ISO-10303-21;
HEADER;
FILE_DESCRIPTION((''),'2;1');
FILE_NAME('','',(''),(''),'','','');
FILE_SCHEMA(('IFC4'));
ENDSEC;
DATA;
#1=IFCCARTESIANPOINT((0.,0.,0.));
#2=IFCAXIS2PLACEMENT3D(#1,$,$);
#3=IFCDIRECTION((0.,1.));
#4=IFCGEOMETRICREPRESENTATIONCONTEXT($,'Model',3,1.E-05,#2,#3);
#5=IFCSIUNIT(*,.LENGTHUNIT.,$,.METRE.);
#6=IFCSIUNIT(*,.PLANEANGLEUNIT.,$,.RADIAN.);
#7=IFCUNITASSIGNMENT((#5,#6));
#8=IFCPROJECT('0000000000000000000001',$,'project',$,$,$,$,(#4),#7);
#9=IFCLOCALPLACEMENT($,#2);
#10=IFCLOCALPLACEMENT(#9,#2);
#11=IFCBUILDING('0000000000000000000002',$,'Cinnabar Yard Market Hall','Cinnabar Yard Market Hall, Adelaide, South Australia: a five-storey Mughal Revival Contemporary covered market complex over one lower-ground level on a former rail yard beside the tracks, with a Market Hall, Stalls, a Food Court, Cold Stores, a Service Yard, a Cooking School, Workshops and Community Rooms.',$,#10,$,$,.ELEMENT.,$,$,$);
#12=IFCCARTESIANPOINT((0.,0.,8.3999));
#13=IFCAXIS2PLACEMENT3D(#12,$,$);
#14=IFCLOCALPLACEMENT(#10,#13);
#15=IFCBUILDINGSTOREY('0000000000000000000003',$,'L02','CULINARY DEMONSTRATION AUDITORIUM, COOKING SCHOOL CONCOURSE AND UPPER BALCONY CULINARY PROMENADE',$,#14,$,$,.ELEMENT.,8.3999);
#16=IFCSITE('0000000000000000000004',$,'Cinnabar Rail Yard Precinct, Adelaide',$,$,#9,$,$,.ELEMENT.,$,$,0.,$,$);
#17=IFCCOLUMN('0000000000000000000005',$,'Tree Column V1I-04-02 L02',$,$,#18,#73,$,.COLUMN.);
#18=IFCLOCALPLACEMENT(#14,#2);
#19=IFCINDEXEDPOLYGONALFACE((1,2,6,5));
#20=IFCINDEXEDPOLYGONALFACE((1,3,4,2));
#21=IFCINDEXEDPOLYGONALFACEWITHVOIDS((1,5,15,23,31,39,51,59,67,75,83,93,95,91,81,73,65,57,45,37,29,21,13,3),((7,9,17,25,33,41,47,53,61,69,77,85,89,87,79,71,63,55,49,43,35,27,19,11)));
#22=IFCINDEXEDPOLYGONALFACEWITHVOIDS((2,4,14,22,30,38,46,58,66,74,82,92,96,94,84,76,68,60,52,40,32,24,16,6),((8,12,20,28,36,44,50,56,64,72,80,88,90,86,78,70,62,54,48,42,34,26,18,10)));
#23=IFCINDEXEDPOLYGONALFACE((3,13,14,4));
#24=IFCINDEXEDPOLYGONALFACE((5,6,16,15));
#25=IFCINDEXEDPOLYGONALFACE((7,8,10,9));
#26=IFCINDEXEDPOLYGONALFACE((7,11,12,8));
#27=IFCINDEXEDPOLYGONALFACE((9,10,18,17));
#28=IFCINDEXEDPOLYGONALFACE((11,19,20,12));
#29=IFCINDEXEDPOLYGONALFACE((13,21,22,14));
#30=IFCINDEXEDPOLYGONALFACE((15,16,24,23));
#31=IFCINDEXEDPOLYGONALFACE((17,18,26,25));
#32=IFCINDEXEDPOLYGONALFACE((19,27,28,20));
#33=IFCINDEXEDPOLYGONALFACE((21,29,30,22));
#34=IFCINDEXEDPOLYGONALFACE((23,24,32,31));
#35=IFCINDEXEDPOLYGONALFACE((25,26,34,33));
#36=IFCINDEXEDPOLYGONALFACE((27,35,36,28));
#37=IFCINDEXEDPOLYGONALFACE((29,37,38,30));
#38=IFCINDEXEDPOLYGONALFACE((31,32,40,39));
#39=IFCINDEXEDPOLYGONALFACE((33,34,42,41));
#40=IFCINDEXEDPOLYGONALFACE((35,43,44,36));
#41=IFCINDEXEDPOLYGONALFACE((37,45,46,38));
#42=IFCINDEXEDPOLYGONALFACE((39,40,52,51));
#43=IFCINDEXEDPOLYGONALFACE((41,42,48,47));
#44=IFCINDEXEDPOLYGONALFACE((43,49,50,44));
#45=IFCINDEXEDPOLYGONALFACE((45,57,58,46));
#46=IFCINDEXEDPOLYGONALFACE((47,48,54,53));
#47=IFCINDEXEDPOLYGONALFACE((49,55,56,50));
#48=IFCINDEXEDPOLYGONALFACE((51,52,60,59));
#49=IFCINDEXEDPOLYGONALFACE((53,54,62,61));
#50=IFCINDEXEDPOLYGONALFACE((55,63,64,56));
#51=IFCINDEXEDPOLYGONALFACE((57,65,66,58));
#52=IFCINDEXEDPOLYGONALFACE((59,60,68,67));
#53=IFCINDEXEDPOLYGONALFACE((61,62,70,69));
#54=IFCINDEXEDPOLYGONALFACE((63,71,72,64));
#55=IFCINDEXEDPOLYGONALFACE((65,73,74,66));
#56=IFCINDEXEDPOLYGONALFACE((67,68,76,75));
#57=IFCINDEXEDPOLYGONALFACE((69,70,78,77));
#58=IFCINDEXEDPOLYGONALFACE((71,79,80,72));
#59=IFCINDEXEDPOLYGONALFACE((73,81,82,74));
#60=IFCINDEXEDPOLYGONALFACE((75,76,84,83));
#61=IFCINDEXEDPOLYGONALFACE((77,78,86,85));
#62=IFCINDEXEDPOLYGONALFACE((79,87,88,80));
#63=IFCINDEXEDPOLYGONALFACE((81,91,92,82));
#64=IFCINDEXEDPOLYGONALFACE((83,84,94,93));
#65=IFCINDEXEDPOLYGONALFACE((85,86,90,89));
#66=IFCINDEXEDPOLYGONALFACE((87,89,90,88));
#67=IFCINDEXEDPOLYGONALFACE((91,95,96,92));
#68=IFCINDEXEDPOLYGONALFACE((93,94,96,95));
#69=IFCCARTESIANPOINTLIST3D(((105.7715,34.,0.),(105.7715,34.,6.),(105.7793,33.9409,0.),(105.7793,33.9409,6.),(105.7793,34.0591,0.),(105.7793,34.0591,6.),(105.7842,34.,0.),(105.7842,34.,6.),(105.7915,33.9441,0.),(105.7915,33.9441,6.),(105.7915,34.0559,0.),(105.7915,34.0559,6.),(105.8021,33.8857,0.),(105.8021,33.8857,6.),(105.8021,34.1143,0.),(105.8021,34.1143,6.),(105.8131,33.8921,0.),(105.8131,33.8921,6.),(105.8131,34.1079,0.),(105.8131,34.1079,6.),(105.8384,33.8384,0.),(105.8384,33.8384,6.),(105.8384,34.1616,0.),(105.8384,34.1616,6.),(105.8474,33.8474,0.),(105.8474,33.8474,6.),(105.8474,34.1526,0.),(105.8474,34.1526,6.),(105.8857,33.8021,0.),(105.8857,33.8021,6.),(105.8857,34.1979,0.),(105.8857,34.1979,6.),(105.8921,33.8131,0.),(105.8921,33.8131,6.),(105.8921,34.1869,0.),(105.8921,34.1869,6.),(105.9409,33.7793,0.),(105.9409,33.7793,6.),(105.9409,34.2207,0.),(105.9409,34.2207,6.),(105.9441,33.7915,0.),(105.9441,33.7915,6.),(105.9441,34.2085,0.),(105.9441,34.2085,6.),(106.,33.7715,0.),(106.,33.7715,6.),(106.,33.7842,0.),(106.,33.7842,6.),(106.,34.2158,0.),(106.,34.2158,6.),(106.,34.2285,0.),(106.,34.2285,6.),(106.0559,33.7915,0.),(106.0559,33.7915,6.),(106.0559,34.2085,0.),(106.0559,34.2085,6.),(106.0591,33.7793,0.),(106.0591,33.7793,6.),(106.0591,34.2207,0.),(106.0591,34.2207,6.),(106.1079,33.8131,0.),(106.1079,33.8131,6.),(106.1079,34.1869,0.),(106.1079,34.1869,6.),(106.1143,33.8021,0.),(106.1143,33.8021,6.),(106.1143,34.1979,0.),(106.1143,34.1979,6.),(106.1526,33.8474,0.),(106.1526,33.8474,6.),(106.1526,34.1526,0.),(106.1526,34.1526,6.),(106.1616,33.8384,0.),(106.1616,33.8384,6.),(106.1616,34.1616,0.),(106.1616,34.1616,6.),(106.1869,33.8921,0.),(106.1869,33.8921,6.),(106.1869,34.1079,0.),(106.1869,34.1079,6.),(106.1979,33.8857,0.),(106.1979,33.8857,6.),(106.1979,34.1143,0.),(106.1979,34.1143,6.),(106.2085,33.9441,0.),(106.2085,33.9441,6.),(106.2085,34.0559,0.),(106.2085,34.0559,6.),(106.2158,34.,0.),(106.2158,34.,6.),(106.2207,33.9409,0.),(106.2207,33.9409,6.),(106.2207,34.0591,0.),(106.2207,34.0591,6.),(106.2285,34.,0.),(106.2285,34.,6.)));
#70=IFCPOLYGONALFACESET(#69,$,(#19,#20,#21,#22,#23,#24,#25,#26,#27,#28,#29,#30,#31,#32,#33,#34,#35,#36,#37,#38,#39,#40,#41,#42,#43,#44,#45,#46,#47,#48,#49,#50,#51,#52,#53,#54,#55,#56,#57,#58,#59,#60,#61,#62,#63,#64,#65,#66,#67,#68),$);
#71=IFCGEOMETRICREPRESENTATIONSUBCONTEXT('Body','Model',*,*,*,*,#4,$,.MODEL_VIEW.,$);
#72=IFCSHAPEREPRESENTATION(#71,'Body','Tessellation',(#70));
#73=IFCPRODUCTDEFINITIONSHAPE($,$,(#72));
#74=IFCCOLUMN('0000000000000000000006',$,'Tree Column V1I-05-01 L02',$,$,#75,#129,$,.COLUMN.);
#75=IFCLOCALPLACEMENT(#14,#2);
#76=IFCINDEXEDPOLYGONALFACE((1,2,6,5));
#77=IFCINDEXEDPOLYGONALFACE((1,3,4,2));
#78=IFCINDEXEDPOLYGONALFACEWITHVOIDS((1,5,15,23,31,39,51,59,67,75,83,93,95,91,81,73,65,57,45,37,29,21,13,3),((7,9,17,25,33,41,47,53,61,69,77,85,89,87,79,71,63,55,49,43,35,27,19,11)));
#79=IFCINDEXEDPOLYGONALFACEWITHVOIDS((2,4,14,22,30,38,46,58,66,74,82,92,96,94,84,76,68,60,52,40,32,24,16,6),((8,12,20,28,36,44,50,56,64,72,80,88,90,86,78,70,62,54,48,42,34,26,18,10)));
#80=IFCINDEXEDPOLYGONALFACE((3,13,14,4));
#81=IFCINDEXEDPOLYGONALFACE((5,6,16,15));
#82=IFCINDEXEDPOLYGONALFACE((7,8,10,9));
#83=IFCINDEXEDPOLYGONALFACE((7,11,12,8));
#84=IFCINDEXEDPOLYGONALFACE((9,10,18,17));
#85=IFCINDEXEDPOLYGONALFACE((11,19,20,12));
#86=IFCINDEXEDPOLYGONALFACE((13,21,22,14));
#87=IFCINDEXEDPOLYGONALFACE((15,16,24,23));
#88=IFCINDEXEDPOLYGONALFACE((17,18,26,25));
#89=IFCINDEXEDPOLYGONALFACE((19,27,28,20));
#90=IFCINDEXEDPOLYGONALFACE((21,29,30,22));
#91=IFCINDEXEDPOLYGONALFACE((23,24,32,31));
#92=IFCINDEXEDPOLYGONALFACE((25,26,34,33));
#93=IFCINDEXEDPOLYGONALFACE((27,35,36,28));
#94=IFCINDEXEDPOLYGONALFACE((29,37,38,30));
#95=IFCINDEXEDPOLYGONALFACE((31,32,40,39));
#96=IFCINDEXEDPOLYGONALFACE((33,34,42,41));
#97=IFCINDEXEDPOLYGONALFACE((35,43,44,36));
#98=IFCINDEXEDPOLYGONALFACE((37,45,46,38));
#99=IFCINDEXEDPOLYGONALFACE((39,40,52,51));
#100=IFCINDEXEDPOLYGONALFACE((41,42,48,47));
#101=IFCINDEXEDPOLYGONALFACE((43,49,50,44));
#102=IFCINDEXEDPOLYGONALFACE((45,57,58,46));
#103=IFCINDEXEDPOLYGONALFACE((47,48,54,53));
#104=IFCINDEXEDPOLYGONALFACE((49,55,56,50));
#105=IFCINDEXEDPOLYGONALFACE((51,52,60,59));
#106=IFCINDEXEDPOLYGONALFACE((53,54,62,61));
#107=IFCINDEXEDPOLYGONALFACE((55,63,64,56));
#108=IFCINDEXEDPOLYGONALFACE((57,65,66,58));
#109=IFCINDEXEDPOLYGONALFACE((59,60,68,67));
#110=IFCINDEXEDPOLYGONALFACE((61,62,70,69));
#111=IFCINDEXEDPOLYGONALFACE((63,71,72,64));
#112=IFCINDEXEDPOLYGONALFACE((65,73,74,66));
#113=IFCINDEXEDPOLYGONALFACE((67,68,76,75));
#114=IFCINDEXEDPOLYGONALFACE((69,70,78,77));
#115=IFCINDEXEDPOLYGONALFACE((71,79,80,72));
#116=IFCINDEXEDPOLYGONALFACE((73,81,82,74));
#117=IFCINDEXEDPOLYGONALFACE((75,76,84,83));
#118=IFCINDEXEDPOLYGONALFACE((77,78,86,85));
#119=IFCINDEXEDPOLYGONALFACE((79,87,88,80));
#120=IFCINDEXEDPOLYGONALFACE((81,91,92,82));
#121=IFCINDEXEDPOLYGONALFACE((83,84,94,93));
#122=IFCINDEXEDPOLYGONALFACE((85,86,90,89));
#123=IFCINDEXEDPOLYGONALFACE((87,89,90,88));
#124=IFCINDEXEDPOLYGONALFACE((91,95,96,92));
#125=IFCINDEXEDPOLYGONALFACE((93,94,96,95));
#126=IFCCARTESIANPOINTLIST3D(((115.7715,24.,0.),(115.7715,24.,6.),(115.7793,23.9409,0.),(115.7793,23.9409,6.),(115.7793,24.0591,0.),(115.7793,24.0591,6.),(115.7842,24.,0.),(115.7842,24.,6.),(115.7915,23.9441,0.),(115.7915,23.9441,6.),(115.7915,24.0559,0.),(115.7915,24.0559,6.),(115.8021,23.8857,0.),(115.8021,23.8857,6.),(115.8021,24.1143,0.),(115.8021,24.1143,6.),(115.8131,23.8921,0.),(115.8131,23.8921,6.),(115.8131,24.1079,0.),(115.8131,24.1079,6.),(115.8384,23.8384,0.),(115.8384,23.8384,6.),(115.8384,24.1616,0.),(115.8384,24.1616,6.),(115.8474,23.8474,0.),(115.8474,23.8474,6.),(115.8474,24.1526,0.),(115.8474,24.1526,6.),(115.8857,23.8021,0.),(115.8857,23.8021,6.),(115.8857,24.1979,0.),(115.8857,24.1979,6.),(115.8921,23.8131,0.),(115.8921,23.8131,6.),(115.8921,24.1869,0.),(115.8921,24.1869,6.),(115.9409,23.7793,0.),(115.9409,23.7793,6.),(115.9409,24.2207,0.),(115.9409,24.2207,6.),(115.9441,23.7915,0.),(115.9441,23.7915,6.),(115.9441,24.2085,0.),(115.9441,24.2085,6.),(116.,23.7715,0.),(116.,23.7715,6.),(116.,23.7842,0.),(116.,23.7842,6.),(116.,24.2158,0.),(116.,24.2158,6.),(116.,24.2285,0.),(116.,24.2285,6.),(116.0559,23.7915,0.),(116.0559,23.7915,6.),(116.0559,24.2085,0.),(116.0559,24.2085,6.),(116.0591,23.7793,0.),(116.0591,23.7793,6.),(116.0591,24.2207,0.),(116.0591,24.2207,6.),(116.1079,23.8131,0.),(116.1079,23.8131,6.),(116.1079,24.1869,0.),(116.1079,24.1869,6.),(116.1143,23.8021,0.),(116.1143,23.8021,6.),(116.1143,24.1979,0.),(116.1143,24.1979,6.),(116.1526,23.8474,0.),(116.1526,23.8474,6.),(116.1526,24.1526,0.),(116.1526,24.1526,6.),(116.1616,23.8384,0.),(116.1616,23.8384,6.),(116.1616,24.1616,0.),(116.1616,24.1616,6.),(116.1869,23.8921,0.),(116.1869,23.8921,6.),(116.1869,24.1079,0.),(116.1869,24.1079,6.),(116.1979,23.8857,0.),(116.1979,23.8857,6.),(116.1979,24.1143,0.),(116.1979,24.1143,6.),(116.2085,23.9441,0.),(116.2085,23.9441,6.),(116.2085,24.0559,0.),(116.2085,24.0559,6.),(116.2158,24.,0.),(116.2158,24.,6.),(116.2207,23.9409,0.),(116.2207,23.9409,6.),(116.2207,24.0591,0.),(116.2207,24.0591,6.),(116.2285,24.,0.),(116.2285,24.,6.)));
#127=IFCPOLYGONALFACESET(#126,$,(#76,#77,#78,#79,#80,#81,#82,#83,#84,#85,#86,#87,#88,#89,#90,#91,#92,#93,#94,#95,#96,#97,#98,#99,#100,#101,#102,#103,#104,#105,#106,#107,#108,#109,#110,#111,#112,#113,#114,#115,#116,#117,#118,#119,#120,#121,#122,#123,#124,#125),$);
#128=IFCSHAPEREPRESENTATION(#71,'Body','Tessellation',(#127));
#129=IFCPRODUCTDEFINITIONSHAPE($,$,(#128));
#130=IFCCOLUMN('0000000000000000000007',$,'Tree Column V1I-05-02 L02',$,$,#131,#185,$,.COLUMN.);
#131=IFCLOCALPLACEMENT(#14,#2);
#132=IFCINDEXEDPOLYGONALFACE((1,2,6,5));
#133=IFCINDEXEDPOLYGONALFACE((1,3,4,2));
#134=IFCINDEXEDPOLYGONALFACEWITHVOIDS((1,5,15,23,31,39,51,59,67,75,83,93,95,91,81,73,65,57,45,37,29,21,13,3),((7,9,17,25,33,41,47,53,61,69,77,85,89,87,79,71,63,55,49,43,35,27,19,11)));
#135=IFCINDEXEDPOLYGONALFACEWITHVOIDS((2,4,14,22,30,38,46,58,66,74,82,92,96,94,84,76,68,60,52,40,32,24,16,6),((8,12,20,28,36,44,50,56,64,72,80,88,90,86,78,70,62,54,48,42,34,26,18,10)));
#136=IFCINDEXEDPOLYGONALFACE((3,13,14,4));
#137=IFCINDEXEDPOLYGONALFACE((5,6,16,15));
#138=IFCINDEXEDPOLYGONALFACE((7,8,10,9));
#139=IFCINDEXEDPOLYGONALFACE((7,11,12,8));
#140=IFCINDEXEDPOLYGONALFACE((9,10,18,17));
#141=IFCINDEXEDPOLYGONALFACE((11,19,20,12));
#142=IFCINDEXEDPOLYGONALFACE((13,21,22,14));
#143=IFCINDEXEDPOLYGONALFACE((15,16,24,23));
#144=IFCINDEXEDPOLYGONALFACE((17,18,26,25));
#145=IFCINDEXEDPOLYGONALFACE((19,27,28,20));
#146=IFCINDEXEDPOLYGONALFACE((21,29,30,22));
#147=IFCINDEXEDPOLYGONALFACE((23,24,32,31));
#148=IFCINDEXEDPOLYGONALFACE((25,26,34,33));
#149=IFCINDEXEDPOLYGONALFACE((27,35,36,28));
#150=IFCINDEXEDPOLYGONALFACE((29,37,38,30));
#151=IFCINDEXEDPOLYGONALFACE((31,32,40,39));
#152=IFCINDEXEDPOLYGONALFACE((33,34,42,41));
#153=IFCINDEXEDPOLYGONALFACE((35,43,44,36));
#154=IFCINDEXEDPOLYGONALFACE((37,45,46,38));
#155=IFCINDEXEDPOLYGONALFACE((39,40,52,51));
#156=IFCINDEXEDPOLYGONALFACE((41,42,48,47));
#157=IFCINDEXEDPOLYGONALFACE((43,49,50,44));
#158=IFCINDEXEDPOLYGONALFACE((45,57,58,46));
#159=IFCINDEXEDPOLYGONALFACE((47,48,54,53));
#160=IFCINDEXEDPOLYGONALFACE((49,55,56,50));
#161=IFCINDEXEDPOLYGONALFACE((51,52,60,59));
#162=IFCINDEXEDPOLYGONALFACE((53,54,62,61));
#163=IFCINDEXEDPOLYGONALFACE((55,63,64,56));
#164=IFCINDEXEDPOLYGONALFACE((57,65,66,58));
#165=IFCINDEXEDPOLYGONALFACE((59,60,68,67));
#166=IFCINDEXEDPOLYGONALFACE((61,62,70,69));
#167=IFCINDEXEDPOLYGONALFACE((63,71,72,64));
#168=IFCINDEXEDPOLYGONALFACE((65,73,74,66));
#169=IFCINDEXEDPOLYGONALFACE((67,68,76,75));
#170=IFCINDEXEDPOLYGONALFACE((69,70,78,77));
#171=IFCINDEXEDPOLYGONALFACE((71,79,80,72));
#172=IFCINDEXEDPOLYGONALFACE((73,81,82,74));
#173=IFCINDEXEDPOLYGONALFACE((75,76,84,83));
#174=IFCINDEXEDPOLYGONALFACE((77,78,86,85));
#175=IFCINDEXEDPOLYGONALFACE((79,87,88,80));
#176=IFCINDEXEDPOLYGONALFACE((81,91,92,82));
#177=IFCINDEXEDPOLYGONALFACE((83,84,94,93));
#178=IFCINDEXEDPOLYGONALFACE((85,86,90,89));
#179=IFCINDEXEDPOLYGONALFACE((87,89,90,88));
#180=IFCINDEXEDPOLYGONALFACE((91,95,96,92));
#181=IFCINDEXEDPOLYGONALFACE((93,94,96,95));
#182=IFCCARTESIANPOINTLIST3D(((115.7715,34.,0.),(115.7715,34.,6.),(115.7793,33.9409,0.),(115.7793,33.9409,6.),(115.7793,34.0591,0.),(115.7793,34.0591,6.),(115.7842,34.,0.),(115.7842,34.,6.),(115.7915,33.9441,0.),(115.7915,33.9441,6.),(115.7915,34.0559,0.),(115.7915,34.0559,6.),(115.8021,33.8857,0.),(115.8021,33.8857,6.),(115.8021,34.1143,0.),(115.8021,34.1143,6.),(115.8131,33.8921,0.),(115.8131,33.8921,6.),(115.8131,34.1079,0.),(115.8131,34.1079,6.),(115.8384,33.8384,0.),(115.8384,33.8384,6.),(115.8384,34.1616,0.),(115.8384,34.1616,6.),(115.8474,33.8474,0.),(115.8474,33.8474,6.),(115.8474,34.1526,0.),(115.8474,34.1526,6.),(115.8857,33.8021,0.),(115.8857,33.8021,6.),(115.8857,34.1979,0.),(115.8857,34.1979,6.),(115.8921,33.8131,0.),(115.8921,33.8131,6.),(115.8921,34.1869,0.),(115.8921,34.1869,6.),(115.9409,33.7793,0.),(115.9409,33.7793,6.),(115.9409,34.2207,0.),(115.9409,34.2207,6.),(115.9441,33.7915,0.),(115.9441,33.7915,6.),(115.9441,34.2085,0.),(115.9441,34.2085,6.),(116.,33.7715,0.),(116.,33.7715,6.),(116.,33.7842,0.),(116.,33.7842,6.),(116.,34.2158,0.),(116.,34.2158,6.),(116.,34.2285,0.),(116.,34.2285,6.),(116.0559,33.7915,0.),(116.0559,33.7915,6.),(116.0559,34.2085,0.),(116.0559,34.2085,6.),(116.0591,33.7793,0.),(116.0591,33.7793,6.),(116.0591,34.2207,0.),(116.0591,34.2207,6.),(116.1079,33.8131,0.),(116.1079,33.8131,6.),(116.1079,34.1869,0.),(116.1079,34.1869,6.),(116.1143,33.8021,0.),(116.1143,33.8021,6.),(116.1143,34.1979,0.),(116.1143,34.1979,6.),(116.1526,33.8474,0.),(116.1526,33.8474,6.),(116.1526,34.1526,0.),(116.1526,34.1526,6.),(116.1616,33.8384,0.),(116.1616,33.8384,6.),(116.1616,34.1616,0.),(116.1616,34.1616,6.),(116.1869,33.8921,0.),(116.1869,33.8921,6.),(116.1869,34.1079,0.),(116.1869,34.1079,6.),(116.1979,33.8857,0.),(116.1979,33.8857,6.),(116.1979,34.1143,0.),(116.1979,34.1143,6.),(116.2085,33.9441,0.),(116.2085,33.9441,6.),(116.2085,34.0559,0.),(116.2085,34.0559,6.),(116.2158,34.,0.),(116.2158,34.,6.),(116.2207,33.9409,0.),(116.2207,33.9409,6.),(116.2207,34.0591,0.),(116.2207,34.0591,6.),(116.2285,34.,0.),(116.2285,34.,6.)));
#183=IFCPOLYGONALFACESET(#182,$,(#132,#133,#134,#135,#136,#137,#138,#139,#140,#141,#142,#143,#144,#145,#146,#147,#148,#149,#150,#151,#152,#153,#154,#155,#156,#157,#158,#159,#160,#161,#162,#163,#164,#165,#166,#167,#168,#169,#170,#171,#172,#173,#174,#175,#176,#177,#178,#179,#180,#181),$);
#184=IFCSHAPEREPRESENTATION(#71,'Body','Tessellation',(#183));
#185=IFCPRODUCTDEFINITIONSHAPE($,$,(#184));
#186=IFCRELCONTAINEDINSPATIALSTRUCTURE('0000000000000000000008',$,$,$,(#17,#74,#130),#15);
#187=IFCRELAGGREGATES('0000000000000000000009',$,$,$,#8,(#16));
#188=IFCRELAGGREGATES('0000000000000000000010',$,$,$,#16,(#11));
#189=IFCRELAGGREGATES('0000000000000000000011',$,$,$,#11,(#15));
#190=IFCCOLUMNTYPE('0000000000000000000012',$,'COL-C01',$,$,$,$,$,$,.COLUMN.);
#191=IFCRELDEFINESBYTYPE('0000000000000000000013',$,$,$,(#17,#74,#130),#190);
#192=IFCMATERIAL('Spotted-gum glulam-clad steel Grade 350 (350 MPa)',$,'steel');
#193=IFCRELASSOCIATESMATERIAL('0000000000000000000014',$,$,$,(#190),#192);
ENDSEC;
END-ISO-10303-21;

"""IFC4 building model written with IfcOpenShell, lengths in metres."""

from ifc_helpers import new_model, si_unit, direction, frame, origin, origin_2d_with_axis, place, context, subcontext, project, spatial, hollow_circle, extrude, material, material_profile, profile_set, type_object, element, save


model = new_model("IFC4")

# Units and contexts
model_context = context("Model", 3, precision=1e-05, world=origin(), true_north=direction((0.0, 1.0)))
body_context = subcontext(model_context, "Body", "Model", "MODEL_VIEW")
ifc_project = project(units=[si_unit("LENGTHUNIT", "METRE"), si_unit("PLANEANGLEUNIT", "RADIAN")], contexts=[model_context])

# Site, building, storey
site_placement = place(None, origin())
site = spatial("IfcSite", under=ifc_project, at=site_placement, Name="Cinnabar Rail Yard Precinct, Adelaide", CompositionType="ELEMENT", RefElevation=0.0)
building_placement = place(site_placement, origin())
building = spatial("IfcBuilding", under=site, at=building_placement, Name="Cinnabar Yard Market Hall", Description="Cinnabar Yard Market Hall, Adelaide, South Australia: a five-storey Mughal Revival Contemporary covered market complex over one lower-ground level on a former rail yard beside the tracks, with a Market Hall, Stalls, a Food Court, Cold Stores, a Service Yard, a Cooking School, Workshops and Community Rooms.", CompositionType="ELEMENT")
storey_placement = place(building_placement, frame((0.0, 0.0, 8.3999)))
storey = spatial("IfcBuildingStorey", under=building, at=storey_placement, Name="L02", Description="CULINARY DEMONSTRATION AUDITORIUM, COOKING SCHOOL CONCOURSE AND UPPER BALCONY CULINARY PROMENADE", CompositionType="ELEMENT", Elevation=8.3999)

# Columns
ifc_material_1 = material(Name="Spotted-gum glulam-clad steel Grade 350 (350 MPa)", Category="steel")
ifc_material_profile_1 = material_profile(ifc_material_1, hollow_circle(Radius=0.2285, WallThickness=0.0127, at=origin_2d_with_axis()), Name="457.0x12.7CHS")
ifc_profile_set_1 = profile_set([ifc_material_profile_1], Name="Spotted-gum glulam-clad steel Grade 350 (350 MPa)")
column_type = type_object("IfcColumnType", Name="COL-C01", PredefinedType="COLUMN", material=ifc_profile_set_1)
for number, where, z_axis, x_axis, name in (
    (1, (106.0, 34.0, 0.0), (0.0, 0.0, 1.0), (1.0, 0.0, 0.0), "Tree Column V1I-04-02 L02"),
    (2, (116.0, 24.0, 0.0), (0.0, 0.0, 1.0), (1.0, 0.0, 0.0), "Tree Column V1I-05-01 L02"),
    (3, (116.0, 34.0, 0.0), (0.0, 0.0, 1.0), (1.0, 0.0, 0.0), "Tree Column V1I-05-02 L02"),
):
    element("IfcColumn", number, at=place(storey_placement, frame(where, z_axis=z_axis, x_axis=x_axis)), inside=storey, type_object=column_type, Name=name, PredefinedType="COLUMN", context=body_context, shape_type="SweptSolid", body=[
        extrude(hollow_circle(Radius=0.2285, WallThickness=0.0127, at=origin_2d_with_axis()), origin(), (0.0, 0.0, 1.0), 6.0),
    ])

save(model, "model.ifc")
